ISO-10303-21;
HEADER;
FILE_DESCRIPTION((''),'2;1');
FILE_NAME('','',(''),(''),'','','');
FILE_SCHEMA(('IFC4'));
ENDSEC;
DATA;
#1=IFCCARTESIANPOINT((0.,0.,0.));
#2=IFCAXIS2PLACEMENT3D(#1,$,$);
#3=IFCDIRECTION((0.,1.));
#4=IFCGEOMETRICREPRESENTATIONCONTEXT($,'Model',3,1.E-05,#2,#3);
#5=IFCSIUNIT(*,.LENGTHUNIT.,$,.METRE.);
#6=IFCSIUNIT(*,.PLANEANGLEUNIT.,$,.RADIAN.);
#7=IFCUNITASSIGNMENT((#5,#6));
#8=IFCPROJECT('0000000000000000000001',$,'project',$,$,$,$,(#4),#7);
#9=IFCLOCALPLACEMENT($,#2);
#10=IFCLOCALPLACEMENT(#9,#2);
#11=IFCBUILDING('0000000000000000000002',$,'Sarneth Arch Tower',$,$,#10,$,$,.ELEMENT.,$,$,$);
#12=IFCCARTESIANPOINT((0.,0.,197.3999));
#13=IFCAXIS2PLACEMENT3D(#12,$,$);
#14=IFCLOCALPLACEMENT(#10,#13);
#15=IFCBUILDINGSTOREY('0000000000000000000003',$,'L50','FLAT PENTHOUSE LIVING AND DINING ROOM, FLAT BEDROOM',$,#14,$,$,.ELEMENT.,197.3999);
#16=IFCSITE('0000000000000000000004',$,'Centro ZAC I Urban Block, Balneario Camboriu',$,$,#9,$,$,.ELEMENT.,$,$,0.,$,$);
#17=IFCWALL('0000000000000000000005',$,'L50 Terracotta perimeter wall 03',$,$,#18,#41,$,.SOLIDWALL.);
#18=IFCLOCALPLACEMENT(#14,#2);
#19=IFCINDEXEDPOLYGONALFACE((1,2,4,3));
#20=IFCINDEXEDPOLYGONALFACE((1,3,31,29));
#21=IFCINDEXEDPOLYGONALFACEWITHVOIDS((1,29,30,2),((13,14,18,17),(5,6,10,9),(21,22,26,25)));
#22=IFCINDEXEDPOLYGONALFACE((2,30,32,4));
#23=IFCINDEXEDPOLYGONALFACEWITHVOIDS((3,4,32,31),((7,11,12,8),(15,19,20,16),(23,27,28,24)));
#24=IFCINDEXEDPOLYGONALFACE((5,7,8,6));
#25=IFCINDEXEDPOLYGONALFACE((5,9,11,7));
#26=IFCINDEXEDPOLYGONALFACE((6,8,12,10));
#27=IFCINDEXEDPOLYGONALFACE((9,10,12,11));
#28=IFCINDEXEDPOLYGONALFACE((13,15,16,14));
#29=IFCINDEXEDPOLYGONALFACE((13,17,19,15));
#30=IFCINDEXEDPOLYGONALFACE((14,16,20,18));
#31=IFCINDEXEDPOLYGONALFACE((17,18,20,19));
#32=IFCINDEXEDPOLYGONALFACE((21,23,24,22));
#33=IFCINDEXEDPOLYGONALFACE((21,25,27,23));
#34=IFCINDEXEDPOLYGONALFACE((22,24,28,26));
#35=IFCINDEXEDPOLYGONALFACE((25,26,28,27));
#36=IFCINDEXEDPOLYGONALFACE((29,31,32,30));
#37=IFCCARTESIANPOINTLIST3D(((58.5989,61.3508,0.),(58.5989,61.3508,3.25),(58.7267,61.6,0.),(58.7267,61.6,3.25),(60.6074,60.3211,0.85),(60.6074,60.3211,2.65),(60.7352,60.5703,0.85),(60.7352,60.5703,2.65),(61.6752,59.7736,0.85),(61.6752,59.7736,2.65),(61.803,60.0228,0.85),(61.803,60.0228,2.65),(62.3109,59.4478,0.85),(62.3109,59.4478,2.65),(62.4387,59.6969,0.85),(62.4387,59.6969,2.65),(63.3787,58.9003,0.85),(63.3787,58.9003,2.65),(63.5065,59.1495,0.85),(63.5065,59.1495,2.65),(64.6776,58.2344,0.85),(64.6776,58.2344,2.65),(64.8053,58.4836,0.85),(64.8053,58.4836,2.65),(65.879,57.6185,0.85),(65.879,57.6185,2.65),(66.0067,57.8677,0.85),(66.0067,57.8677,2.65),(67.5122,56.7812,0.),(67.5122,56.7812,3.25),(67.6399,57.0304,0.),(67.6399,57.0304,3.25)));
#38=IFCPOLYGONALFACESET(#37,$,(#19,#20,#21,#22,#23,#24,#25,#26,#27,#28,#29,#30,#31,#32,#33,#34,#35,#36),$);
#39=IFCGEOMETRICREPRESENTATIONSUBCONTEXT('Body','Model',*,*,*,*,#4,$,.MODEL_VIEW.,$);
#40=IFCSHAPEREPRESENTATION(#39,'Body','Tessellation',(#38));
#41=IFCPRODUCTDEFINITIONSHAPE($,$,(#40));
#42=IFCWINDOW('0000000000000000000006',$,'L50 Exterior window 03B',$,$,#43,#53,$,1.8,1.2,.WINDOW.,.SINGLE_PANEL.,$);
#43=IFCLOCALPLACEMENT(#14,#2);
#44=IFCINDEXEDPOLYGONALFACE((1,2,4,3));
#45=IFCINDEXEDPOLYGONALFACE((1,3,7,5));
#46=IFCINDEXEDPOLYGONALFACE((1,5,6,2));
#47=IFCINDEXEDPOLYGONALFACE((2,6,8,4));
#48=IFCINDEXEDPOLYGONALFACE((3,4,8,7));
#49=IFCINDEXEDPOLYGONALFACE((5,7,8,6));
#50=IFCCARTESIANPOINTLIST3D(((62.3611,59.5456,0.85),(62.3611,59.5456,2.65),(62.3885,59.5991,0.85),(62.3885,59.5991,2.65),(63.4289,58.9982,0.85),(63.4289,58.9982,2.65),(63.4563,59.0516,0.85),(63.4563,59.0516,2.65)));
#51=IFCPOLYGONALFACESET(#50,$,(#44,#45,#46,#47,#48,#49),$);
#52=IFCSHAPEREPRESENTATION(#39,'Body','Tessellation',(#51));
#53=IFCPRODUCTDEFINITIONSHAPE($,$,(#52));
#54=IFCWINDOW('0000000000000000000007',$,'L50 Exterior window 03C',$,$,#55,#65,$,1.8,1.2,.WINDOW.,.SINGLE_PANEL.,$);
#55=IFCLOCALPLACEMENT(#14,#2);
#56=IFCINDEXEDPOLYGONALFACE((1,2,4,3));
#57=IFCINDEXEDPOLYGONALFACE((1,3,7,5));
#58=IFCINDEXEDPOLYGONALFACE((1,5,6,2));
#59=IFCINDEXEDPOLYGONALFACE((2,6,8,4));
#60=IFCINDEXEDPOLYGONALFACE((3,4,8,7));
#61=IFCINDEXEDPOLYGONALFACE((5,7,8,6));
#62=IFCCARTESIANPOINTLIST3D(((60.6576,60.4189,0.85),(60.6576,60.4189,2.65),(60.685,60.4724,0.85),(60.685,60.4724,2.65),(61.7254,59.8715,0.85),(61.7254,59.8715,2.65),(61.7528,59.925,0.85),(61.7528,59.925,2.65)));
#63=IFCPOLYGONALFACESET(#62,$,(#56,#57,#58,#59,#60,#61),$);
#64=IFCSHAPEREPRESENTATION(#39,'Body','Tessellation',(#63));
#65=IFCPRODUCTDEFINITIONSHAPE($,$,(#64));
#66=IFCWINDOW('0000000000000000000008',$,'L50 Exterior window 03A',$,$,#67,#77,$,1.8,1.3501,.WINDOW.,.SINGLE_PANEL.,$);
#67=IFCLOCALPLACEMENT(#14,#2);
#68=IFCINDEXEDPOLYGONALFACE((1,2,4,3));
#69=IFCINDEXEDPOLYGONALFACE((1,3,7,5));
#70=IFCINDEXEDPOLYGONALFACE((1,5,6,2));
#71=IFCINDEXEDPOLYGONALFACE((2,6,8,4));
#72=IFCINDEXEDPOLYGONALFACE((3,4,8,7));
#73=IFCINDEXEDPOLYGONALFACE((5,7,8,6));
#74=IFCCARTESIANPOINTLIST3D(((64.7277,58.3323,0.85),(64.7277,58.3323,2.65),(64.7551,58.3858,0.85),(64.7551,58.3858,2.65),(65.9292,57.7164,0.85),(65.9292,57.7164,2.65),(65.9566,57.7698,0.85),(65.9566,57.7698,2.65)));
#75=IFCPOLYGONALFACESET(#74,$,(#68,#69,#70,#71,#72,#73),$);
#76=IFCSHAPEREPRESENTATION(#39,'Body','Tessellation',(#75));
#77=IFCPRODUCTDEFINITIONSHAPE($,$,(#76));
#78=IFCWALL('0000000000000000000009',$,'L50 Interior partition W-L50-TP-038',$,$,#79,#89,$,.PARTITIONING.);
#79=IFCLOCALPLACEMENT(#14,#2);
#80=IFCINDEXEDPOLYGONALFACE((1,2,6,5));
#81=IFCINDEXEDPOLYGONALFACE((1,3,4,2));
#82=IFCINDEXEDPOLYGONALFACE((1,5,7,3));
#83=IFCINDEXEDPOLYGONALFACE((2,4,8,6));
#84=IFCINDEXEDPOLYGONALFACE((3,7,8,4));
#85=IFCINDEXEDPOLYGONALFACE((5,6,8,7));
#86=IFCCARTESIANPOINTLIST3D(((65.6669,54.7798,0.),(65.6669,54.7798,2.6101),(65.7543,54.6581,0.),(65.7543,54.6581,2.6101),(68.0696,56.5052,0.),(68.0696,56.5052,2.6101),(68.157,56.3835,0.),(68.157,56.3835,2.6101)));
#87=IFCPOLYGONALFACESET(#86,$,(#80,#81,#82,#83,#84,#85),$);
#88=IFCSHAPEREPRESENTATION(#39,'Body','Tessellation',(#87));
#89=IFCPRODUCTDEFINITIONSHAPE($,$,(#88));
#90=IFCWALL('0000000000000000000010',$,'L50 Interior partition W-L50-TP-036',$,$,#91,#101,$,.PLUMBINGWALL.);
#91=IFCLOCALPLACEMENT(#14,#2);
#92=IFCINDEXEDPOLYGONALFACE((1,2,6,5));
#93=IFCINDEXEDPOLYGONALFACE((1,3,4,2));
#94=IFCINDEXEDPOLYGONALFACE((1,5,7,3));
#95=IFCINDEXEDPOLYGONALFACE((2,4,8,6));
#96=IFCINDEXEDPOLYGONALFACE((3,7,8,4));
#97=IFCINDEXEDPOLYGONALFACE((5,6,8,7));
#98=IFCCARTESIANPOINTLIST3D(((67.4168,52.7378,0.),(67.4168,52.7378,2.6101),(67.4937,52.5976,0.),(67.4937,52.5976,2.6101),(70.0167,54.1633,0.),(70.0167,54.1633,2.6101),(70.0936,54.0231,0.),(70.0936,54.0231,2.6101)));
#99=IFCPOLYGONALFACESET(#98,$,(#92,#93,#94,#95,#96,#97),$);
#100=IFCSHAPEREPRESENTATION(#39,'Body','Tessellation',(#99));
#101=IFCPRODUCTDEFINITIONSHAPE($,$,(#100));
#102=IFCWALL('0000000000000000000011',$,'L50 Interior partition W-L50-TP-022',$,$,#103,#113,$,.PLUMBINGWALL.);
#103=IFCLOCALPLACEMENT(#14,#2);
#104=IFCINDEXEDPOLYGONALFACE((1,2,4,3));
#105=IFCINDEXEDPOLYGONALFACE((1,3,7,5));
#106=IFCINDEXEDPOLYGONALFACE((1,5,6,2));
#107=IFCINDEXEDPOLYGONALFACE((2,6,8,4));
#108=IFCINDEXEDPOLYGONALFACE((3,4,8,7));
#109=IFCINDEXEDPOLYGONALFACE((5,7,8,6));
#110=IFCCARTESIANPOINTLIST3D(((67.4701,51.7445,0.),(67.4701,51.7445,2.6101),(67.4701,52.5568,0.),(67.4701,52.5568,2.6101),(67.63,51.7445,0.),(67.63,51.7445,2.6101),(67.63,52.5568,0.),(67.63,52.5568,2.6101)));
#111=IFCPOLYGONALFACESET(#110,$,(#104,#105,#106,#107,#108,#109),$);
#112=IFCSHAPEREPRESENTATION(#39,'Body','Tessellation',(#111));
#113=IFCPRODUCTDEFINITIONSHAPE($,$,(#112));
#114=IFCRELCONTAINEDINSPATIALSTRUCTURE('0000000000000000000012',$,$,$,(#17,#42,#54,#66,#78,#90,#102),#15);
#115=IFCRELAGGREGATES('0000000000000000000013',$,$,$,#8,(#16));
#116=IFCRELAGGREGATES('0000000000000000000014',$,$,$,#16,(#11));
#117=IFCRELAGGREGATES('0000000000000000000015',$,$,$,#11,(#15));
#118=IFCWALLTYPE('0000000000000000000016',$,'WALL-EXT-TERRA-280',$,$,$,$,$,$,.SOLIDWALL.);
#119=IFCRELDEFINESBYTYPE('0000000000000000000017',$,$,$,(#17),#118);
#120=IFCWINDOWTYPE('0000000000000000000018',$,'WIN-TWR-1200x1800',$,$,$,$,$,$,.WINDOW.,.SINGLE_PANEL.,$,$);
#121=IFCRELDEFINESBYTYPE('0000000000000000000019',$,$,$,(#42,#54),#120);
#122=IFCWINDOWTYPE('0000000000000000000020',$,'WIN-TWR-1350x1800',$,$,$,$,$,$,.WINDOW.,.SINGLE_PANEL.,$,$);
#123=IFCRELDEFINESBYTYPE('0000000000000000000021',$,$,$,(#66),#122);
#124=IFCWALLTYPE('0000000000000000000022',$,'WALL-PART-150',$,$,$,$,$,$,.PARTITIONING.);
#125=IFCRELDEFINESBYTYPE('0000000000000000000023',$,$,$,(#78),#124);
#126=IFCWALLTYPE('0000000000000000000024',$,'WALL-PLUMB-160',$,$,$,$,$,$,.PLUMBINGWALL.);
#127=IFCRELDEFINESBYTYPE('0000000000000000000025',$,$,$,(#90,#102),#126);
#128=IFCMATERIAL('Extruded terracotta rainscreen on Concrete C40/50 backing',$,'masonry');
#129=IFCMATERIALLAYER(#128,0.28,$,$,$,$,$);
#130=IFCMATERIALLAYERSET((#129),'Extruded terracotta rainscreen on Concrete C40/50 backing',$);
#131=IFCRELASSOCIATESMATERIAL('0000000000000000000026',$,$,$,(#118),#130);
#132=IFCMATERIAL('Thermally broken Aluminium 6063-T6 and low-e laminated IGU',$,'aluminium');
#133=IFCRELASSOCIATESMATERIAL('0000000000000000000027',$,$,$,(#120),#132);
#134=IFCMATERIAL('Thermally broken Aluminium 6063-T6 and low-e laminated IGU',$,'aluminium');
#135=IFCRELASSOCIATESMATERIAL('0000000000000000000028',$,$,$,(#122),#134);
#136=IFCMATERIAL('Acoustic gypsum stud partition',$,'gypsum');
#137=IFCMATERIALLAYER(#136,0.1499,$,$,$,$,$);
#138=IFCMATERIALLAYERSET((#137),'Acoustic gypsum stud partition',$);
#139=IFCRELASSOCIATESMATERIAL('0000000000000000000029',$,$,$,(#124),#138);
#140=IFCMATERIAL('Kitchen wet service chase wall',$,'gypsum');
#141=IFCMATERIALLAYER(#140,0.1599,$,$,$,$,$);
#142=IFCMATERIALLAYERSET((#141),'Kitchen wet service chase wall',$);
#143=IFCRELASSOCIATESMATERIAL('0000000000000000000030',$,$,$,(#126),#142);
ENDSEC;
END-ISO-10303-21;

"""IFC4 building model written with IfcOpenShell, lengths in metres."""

from ifc_helpers import new_model, si_unit, direction, frame, frame_2d, origin, place, context, subcontext, project, spatial, rectangle, extrude, material, layer, layer_set, type_object, element, fill, save


model = new_model("IFC4")

# Units and contexts
model_context = context("Model", 3, precision=1e-05, world=origin(), true_north=direction((0.0, 1.0)))
body_context = subcontext(model_context, "Body", "Model", "MODEL_VIEW")
ifc_project = project(units=[si_unit("LENGTHUNIT", "METRE"), si_unit("PLANEANGLEUNIT", "RADIAN")], contexts=[model_context])

# Site, building, storey
site_placement = place(None, origin())
site = spatial("IfcSite", under=ifc_project, at=site_placement, Name="Centro ZAC I Urban Block, Balneario Camboriu", CompositionType="ELEMENT", RefElevation=0.0)
building_placement = place(site_placement, origin())
building = spatial("IfcBuilding", under=site, at=building_placement, Name="Sarneth Arch Tower", CompositionType="ELEMENT")
storey_placement = place(building_placement, frame((0.0, 0.0, 197.3999)))
storey = spatial("IfcBuildingStorey", under=building, at=storey_placement, Name="L50", Description="FLAT PENTHOUSE LIVING AND DINING ROOM, FLAT BEDROOM", CompositionType="ELEMENT", Elevation=197.3999)

# Wall, openings, windows
ifc_material_1 = material(Name="Extruded terracotta rainscreen on Concrete C40/50 backing", Category="masonry")
ifc_layer_1 = layer(ifc_material_1, 0.28)
ifc_layer_set_1 = layer_set([ifc_layer_1], Name="Extruded terracotta rainscreen on Concrete C40/50 backing")
wall_type_1 = type_object("IfcWallType", Name="WALL-EXT-TERRA-280", PredefinedType="SOLIDWALL", material=ifc_layer_set_1)
wall_1_placement = place(storey_placement, frame((67.5762, 56.9058, 0.0), z_axis=(0.0, 0.0, 1.0), x_axis=(-0.889873, 0.456209, 0.0)))
wall_1 = element("IfcWall", 1, at=wall_1_placement, inside=storey, type_object=wall_type_1, Name="L50 Terracotta perimeter wall 03", PredefinedType="SOLIDWALL", context=body_context, shape_type="SweptSolid", body=[
    extrude(rectangle(XDim=10.0164, YDim=0.28, at=frame_2d((5.0083, 0.0))), origin(), (0.0, 0.0, 1.0), 3.25),
])
opening_1_placement = place(wall_1_placement, frame((1.8354, 0.0, 0.8501)))
opening_1 = element("IfcOpeningElement", 2, at=opening_1_placement, cuts=wall_1, PredefinedType="OPENING", context=body_context, shape_type="SweptSolid", body=[
    extrude(rectangle(XDim=1.3501, YDim=1.8, at=frame_2d((0.675, 0.8999))), frame((0.0, 0.1499, 0.0), z_axis=(0.0, -1.0, 0.0), x_axis=(1.0, 0.0, 0.0)), (0.0, 0.0, 1.0), 0.3),
])
opening_2_placement = place(wall_1_placement, frame((4.645, 0.0, 0.8501)))
opening_2 = element("IfcOpeningElement", 3, at=opening_2_placement, cuts=wall_1, PredefinedType="OPENING", context=body_context, shape_type="SweptSolid", body=[
    extrude(rectangle(XDim=1.2, YDim=1.8, at=frame_2d((0.6001, 0.8999))), frame((0.0, 0.1499, 0.0), z_axis=(0.0, -1.0, 0.0), x_axis=(1.0, 0.0, 0.0)), (0.0, 0.0, 1.0), 0.3),
])
opening_3_placement = place(wall_1_placement, frame((6.5593, 0.0, 0.8501)))
opening_3 = element("IfcOpeningElement", 4, at=opening_3_placement, cuts=wall_1, PredefinedType="OPENING", context=body_context, shape_type="SweptSolid", body=[
    extrude(rectangle(XDim=1.2, YDim=1.8, at=frame_2d((0.6001, 0.8999))), frame((0.0, 0.1499, 0.0), z_axis=(0.0, -1.0, 0.0), x_axis=(1.0, 0.0, 0.0)), (0.0, 0.0, 1.0), 0.3),
])
ifc_material_2 = material(Name="Thermally broken Aluminium 6063-T6 and low-e laminated IGU", Category="aluminium")
window_type_1 = type_object("IfcWindowType", Name="WIN-TWR-1200x1800", PartitioningType="SINGLE_PANEL", PredefinedType="WINDOW", material=ifc_material_2)
window_1_placement = place(opening_2_placement, origin())
window_1 = element("IfcWindow", 5, at=window_1_placement, inside=storey, type_object=window_type_1, Name="L50 Exterior window 03B", OverallHeight=1.8, OverallWidth=1.2, PartitioningType="SINGLE_PANEL", PredefinedType="WINDOW", context=body_context, shape_type="SweptSolid", body=[
    extrude(rectangle(XDim=1.2, YDim=1.8, at=frame_2d((0.6001, 0.8999))), frame((0.0, 0.03, 0.0), z_axis=(0.0, -1.0, 0.0), x_axis=(1.0, 0.0, 0.0)), (0.0, 0.0, 1.0), 0.0601),
])
fill(opening_2, window_1)
window_2_placement = place(opening_3_placement, origin())
window_2 = element("IfcWindow", 6, at=window_2_placement, inside=storey, type_object=window_type_1, Name="L50 Exterior window 03C", OverallHeight=1.8, OverallWidth=1.2, PartitioningType="SINGLE_PANEL", PredefinedType="WINDOW", context=body_context, shape_type="SweptSolid", body=[
    extrude(rectangle(XDim=1.2, YDim=1.8, at=frame_2d((0.6001, 0.8999))), frame((0.0, 0.03, 0.0), z_axis=(0.0, -1.0, 0.0), x_axis=(1.0, 0.0, 0.0)), (0.0, 0.0, 1.0), 0.0601),
])
fill(opening_3, window_2)
ifc_material_3 = material(Name="Thermally broken Aluminium 6063-T6 and low-e laminated IGU", Category="aluminium")
window_type_2 = type_object("IfcWindowType", Name="WIN-TWR-1350x1800", PartitioningType="SINGLE_PANEL", PredefinedType="WINDOW", material=ifc_material_3)
window_3_placement = place(opening_1_placement, origin())
window_3 = element("IfcWindow", 7, at=window_3_placement, inside=storey, type_object=window_type_2, Name="L50 Exterior window 03A", OverallHeight=1.8, OverallWidth=1.3501, PartitioningType="SINGLE_PANEL", PredefinedType="WINDOW", context=body_context, shape_type="SweptSolid", body=[
    extrude(rectangle(XDim=1.3501, YDim=1.8, at=frame_2d((0.675, 0.8999))), frame((0.0, 0.03, 0.0), z_axis=(0.0, -1.0, 0.0), x_axis=(1.0, 0.0, 0.0)), (0.0, 0.0, 1.0), 0.0601),
])
fill(opening_1, window_3)

# Walls
ifc_material_4 = material(Name="Acoustic gypsum stud partition", Category="gypsum")
ifc_layer_2 = layer(ifc_material_4, 0.1499)
ifc_layer_set_2 = layer_set([ifc_layer_2], Name="Acoustic gypsum stud partition")
wall_type_2 = type_object("IfcWallType", Name="WALL-PART-150", PredefinedType="PARTITIONING", material=ifc_layer_set_2)
wall_2_placement = place(storey_placement, frame((68.1133, 56.4443, 0.0), z_axis=(0.0, 0.0, 1.0), x_axis=(-0.812259, -0.583298, 0.0)))
element("IfcWall", 8, at=wall_2_placement, inside=storey, type_object=wall_type_2, Name="L50 Interior partition W-L50-TP-038", PredefinedType="PARTITIONING", context=body_context, shape_type="SweptSolid", body=[
    extrude(rectangle(XDim=2.958, YDim=0.1499, at=frame_2d((1.479, 0.0))), origin(), (0.0, 0.0, 1.0), 2.6101),
])
ifc_material_5 = material(Name="Kitchen wet service chase wall", Category="gypsum")
ifc_layer_3 = layer(ifc_material_5, 0.1599)
ifc_layer_set_3 = layer_set([ifc_layer_3], Name="Kitchen wet service chase wall")
wall_type_3 = type_object("IfcWallType", Name="WALL-PLUMB-160", PredefinedType="PLUMBINGWALL", material=ifc_layer_set_3)
wall_3_placement = place(storey_placement, frame((67.4553, 52.6677, 0.0), z_axis=(0.0, 0.0, 1.0), x_axis=(0.876839, 0.480784, 0.0)))
element("IfcWall", 9, at=wall_3_placement, inside=storey, type_object=wall_type_3, Name="L50 Interior partition W-L50-TP-036", PredefinedType="PLUMBINGWALL", context=body_context, shape_type="SweptSolid", body=[
    extrude(rectangle(XDim=2.9651, YDim=0.1599, at=frame_2d((1.4824, 0.0))), origin(), (0.0, 0.0, 1.0), 2.6101),
])
wall_4_placement = place(storey_placement, frame((67.55, 51.7444, 0.0), z_axis=(0.0, 0.0, 1.0), x_axis=(0.0, 1.0, 0.0)))
element("IfcWall", 10, at=wall_4_placement, inside=storey, type_object=wall_type_3, Name="L50 Interior partition W-L50-TP-022", PredefinedType="PLUMBINGWALL", context=body_context, shape_type="SweptSolid", body=[
    extrude(rectangle(XDim=0.8123, YDim=0.1599, at=frame_2d((0.4062, 0.0))), origin(), (0.0, 0.0, 1.0), 2.6101),
])

save(model, "model.ifc")
